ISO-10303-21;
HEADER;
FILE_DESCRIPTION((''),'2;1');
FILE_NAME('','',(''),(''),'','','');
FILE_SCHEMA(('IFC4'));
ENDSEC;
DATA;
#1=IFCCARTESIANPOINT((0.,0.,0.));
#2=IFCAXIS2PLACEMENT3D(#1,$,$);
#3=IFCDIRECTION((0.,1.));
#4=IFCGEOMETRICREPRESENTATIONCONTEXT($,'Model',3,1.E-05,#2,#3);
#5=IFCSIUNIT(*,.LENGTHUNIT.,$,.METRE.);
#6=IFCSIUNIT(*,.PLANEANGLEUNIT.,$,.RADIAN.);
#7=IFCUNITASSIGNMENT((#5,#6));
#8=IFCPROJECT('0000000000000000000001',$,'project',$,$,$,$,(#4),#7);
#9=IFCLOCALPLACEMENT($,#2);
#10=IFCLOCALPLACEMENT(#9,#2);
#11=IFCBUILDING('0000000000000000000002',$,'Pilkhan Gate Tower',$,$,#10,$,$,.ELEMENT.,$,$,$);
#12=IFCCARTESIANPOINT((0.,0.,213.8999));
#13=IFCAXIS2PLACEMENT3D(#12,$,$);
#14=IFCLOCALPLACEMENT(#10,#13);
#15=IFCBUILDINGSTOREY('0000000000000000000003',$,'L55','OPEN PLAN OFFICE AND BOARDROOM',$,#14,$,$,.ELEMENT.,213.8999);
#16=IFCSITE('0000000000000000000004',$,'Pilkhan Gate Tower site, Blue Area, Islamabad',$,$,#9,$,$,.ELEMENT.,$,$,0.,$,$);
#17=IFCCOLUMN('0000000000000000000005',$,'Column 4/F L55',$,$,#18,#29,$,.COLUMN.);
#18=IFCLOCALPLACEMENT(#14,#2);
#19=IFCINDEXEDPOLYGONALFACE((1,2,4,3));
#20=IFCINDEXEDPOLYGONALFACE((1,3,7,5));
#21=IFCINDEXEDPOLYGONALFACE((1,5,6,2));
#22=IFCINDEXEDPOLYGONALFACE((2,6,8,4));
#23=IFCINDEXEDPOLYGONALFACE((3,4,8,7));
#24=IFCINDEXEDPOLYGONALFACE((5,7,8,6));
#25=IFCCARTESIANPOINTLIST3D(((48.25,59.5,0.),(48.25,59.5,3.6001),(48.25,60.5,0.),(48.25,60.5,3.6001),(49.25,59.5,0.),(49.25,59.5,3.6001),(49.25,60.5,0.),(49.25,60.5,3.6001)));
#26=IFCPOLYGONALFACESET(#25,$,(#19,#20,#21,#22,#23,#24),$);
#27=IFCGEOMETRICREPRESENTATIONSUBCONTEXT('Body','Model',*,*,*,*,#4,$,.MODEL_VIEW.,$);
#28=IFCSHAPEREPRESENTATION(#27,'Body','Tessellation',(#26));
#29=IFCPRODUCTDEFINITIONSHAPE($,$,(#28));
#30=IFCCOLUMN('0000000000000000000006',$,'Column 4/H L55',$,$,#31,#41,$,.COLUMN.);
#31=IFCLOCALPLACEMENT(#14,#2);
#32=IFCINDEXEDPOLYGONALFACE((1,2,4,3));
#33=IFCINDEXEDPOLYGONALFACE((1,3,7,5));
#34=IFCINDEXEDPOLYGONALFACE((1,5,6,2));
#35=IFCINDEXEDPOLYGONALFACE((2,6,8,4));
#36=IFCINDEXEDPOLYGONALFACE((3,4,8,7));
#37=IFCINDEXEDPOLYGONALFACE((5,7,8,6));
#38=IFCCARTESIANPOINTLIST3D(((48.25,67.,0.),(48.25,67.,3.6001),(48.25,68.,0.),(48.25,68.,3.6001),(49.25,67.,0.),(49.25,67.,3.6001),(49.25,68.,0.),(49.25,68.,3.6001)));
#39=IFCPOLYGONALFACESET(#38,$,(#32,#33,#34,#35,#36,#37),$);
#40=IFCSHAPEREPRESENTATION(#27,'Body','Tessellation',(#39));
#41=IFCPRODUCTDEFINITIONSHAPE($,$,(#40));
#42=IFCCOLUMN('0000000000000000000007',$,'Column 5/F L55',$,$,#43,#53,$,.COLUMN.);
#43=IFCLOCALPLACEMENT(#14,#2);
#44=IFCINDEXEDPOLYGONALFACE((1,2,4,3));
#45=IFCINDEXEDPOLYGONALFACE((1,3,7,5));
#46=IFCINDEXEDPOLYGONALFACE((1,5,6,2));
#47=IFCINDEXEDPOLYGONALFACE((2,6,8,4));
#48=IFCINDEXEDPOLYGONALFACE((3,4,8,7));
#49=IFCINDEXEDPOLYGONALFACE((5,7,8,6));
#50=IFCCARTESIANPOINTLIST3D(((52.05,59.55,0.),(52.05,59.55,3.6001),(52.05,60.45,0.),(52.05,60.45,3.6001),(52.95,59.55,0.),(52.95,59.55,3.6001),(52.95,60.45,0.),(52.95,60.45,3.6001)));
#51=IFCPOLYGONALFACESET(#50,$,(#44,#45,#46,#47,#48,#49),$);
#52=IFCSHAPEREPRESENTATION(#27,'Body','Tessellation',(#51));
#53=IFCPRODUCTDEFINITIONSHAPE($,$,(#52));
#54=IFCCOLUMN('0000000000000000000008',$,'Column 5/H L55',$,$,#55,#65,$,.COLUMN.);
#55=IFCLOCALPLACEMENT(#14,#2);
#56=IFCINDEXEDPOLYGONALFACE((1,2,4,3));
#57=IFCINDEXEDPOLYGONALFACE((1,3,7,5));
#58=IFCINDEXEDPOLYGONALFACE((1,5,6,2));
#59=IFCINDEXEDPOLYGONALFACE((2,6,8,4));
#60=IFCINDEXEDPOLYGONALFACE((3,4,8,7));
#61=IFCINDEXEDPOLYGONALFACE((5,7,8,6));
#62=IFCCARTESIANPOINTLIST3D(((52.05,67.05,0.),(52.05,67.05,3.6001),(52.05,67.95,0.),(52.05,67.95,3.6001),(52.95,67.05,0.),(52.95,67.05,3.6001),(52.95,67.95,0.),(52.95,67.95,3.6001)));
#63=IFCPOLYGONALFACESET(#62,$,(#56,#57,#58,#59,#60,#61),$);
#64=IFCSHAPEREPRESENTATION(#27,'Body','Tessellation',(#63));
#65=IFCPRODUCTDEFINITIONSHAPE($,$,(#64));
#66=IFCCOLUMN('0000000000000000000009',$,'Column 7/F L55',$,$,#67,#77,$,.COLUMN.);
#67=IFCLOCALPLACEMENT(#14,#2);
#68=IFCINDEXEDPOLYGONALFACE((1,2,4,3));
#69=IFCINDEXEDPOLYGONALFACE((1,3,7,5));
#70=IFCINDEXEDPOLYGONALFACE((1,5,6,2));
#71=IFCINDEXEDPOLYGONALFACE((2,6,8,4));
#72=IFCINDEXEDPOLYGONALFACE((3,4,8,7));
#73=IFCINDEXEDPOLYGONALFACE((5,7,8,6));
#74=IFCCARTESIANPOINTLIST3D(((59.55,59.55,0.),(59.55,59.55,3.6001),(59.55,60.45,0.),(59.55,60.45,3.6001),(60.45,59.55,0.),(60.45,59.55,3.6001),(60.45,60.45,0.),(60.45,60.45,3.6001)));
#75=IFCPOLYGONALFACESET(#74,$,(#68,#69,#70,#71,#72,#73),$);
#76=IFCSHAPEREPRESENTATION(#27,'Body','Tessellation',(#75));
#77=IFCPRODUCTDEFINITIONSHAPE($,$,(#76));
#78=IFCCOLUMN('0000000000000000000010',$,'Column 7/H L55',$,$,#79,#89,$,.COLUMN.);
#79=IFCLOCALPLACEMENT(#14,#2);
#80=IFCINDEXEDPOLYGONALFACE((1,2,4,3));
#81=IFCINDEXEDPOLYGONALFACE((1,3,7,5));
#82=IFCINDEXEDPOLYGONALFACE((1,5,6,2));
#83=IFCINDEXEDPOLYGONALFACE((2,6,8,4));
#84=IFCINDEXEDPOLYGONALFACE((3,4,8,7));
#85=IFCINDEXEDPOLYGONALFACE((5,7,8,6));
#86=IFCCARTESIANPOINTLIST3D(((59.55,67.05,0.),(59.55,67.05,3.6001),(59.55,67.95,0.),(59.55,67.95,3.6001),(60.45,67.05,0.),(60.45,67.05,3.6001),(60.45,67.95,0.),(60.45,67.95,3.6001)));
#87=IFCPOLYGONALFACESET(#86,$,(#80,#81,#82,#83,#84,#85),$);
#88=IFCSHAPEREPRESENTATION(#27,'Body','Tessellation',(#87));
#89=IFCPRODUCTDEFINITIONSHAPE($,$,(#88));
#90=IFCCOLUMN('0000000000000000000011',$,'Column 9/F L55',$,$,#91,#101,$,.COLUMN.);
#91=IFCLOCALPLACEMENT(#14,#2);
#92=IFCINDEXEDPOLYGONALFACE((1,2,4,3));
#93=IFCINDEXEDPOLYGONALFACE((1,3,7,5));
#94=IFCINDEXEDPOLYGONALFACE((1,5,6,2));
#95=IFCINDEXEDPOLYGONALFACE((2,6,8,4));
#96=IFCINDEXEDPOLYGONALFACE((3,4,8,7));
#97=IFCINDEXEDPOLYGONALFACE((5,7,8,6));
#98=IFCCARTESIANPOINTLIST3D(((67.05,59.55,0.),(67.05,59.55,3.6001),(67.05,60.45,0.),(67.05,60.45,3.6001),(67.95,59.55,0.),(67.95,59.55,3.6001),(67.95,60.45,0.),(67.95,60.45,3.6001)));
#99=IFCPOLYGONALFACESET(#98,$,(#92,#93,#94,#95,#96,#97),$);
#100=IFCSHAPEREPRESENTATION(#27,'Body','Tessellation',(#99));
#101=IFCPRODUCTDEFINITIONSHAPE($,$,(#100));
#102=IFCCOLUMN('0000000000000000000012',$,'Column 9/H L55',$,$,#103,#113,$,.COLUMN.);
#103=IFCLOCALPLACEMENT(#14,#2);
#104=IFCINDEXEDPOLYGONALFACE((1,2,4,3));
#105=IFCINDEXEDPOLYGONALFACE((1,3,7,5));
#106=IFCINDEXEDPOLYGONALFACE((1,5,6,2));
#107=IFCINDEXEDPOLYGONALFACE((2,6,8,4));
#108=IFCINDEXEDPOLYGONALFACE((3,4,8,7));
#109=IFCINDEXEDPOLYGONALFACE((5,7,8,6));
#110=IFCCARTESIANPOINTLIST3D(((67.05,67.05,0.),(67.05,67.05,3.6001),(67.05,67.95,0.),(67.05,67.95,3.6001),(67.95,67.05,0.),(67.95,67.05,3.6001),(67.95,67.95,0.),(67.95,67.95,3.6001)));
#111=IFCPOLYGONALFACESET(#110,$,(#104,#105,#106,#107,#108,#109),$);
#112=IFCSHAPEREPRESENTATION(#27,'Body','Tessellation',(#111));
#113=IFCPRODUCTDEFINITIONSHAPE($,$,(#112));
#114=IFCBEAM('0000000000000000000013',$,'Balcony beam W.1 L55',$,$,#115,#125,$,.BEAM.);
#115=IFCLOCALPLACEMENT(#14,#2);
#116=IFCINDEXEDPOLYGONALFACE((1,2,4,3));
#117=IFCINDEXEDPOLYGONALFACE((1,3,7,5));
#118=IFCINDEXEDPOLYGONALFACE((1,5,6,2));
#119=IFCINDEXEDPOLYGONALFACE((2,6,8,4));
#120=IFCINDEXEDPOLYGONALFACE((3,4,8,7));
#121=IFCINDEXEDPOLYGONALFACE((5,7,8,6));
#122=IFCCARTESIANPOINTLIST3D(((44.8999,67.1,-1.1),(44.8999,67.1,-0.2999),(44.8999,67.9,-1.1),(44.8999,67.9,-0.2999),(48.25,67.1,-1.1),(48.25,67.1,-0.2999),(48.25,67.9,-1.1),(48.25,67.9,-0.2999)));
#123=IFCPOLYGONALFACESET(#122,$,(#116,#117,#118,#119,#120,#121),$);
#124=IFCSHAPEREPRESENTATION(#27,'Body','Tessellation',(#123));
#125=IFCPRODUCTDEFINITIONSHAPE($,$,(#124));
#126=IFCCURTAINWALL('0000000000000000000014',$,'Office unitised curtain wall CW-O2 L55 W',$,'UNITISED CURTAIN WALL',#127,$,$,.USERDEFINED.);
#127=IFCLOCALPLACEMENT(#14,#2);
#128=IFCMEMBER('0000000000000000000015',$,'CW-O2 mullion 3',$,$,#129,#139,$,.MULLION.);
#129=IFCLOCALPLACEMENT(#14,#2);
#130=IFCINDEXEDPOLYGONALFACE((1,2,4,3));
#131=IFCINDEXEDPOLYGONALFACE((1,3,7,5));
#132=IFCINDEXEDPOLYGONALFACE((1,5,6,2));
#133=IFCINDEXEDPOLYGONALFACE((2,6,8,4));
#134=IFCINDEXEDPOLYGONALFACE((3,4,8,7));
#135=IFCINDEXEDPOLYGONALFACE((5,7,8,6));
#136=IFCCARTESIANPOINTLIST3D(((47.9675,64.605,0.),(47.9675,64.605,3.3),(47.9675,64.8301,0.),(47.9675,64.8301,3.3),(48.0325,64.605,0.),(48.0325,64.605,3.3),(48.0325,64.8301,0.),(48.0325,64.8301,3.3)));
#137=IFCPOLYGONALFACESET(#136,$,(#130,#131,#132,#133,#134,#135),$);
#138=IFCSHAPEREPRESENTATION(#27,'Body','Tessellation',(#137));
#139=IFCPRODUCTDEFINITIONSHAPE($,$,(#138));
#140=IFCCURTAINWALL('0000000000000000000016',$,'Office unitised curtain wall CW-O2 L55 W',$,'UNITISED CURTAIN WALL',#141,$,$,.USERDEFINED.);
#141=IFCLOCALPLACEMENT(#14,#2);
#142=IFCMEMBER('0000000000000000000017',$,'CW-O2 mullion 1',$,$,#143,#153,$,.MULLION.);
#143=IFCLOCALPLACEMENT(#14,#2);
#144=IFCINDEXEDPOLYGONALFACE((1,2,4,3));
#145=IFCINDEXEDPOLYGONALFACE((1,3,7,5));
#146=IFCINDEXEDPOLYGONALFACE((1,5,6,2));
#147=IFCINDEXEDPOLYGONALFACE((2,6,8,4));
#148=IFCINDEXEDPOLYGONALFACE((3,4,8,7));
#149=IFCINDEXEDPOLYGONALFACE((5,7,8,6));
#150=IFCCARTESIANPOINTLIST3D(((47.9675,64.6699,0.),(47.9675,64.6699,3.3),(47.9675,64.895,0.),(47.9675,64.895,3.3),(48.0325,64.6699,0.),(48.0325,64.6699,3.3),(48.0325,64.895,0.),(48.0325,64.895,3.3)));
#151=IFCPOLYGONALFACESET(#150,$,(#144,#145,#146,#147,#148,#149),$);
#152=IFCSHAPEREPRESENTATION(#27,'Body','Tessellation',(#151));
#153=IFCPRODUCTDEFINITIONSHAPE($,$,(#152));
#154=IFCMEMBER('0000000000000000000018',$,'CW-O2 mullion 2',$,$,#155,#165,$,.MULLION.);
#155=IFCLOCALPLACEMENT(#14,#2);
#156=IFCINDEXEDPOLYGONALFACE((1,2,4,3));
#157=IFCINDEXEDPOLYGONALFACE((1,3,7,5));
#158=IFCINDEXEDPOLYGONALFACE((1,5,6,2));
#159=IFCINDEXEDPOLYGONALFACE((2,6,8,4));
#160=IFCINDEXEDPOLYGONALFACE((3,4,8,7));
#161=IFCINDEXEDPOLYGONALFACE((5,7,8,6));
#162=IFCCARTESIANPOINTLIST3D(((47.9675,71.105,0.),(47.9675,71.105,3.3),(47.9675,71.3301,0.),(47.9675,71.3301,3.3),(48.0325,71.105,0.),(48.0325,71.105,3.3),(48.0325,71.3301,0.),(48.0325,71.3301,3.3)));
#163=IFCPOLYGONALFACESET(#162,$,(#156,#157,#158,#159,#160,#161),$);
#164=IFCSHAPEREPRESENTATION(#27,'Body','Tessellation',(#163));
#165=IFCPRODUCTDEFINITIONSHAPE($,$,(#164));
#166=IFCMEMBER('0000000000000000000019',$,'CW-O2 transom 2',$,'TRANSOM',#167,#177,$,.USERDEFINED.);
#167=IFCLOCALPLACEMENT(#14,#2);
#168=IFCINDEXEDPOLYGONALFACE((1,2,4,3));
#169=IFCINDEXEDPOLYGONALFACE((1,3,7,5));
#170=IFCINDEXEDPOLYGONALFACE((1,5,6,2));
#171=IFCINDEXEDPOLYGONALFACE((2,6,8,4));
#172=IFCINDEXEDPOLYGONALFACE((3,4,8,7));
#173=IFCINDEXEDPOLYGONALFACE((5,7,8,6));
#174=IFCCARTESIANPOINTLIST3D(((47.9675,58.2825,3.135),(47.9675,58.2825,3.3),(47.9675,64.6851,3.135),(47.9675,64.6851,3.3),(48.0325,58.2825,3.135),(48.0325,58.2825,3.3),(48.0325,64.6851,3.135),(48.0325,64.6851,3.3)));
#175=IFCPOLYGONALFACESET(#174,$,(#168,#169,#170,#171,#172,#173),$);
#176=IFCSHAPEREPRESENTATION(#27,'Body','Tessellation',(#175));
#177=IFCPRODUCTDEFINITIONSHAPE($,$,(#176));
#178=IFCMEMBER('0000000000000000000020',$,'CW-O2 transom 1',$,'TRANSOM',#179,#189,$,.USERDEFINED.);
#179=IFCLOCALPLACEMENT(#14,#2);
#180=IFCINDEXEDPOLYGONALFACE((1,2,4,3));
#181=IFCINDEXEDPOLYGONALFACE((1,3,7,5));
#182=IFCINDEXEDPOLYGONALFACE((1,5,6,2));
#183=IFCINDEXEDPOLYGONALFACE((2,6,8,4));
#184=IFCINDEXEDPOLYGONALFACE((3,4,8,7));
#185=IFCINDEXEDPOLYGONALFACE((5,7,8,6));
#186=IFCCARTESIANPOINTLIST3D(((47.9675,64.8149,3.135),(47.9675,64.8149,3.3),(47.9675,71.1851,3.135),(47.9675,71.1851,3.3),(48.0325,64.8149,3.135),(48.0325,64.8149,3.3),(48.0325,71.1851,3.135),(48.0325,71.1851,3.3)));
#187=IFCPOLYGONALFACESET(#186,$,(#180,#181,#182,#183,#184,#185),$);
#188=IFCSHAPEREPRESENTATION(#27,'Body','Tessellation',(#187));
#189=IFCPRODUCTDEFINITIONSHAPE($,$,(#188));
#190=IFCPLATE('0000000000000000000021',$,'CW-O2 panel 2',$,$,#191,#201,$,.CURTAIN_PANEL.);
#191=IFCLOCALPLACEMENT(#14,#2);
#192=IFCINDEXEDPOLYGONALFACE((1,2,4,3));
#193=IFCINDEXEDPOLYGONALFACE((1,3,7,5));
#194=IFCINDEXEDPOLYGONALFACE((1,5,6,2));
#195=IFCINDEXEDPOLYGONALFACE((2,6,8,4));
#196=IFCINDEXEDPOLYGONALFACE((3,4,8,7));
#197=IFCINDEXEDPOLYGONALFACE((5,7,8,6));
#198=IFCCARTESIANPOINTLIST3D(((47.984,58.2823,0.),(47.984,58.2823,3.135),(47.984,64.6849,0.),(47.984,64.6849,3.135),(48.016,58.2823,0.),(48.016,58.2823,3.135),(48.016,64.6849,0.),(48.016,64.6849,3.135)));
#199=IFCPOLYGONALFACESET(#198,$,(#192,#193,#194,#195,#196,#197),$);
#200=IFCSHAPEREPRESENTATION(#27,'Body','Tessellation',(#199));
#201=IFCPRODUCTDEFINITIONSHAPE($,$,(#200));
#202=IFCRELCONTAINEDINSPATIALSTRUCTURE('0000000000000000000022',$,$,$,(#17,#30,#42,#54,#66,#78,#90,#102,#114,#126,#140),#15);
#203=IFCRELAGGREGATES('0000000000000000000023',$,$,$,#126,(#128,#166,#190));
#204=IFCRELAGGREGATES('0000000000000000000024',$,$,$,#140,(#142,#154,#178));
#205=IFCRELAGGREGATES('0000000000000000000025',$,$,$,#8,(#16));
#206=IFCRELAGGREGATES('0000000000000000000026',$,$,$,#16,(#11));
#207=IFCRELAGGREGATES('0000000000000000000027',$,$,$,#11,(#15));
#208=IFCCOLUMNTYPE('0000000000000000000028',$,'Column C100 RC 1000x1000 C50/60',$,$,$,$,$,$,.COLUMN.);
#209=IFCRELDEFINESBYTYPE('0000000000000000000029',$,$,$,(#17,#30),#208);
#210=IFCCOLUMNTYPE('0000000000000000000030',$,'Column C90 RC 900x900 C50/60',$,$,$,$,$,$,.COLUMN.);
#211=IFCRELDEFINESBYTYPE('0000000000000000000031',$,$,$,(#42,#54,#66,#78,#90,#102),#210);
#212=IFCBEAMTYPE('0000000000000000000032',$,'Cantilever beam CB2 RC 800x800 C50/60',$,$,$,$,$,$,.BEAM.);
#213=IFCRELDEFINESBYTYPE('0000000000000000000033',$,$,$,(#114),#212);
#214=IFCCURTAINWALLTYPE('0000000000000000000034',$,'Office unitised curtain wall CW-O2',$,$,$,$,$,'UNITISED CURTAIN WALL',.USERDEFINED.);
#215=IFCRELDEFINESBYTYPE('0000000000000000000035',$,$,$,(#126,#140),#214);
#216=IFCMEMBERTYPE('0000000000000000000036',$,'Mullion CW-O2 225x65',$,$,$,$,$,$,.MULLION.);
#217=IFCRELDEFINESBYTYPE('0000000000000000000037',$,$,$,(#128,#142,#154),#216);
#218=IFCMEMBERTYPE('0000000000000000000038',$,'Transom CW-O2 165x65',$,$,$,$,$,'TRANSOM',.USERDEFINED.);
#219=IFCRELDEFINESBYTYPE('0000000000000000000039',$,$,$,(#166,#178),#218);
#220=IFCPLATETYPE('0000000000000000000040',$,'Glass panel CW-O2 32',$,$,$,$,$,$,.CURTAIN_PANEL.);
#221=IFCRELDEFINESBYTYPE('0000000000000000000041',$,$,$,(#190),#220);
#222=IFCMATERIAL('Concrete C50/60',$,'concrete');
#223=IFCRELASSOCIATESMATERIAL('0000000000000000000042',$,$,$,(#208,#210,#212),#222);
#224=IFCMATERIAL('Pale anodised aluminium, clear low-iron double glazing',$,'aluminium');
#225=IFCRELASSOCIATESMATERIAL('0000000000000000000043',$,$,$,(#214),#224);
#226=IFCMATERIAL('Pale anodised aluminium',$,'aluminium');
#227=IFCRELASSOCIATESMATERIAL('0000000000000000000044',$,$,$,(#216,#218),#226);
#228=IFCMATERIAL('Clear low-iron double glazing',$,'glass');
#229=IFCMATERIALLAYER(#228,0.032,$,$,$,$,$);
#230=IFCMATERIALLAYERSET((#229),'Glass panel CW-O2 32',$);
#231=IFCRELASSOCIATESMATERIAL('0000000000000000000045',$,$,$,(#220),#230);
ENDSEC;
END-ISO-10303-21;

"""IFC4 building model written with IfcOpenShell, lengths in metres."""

from ifc_helpers import new_model, si_unit, direction, frame, origin, origin_2d, place, context, subcontext, project, spatial, rectangle, extrude, material, layer, layer_set, material_profile, profile_set, type_object, element, aggregate, save


model = new_model("IFC4")

# Units and contexts
model_context = context("Model", 3, precision=1e-05, world=origin(), true_north=direction((0.0, 1.0)))
body_context = subcontext(model_context, "Body", "Model", "MODEL_VIEW")
ifc_project = project(units=[si_unit("LENGTHUNIT", "METRE"), si_unit("PLANEANGLEUNIT", "RADIAN")], contexts=[model_context])

# Site, building, storey
site_placement = place(None, origin())
site = spatial("IfcSite", under=ifc_project, at=site_placement, Name="Pilkhan Gate Tower site, Blue Area, Islamabad", CompositionType="ELEMENT", RefElevation=0.0)
building_placement = place(site_placement, origin())
building = spatial("IfcBuilding", under=site, at=building_placement, Name="Pilkhan Gate Tower", CompositionType="ELEMENT")
storey_placement = place(building_placement, frame((0.0, 0.0, 213.8999)))
storey = spatial("IfcBuildingStorey", under=building, at=storey_placement, Name="L55", Description="OPEN PLAN OFFICE AND BOARDROOM", CompositionType="ELEMENT", Elevation=213.8999)

# Columns
ifc_material_1 = material(Name="Concrete C50/60", Category="concrete")
ifc_material_profile_1 = material_profile(ifc_material_1, rectangle(XDim=1.0, YDim=1.0, at=origin_2d()), Name="RC 1000x1000")
ifc_profile_set_1 = profile_set([ifc_material_profile_1], Name="Concrete C50/60")
column_type_1 = type_object("IfcColumnType", Name="Column C100 RC 1000x1000 C50/60", PredefinedType="COLUMN", material=ifc_profile_set_1)
for number, where, z_axis, x_axis, name in (
    (1, (48.75, 60.0, 0.0), (0.0, 0.0, 1.0), (1.0, 0.0, 0.0), "Column 4/F L55"),
    (2, (48.75, 67.5, 0.0), (0.0, 0.0, 1.0), (1.0, 0.0, 0.0), "Column 4/H L55"),
):
    element("IfcColumn", number, at=place(storey_placement, frame(where, z_axis=z_axis, x_axis=x_axis)), inside=storey, type_object=column_type_1, Name=name, PredefinedType="COLUMN", context=body_context, shape_type="SweptSolid", body=[
        extrude(rectangle(XDim=1.0, YDim=1.0, at=origin_2d()), origin(), (0.0, 0.0, 1.0), 3.6001),
    ])
ifc_material_profile_2 = material_profile(ifc_material_1, rectangle(XDim=0.8999, YDim=0.8999, at=origin_2d()), Name="RC 900x900")
ifc_profile_set_2 = profile_set([ifc_material_profile_2], Name="Concrete C50/60")
column_type_2 = type_object("IfcColumnType", Name="Column C90 RC 900x900 C50/60", PredefinedType="COLUMN", material=ifc_profile_set_2)
for number, where, z_axis, x_axis, name in (
    (3, (52.5, 60.0, 0.0), (0.0, 0.0, 1.0), (1.0, 0.0, 0.0), "Column 5/F L55"),
    (4, (52.5, 67.5, 0.0), (0.0, 0.0, 1.0), (1.0, 0.0, 0.0), "Column 5/H L55"),
    (5, (60.0, 60.0, 0.0), (0.0, 0.0, 1.0), (1.0, 0.0, 0.0), "Column 7/F L55"),
    (6, (60.0, 67.5, 0.0), (0.0, 0.0, 1.0), (1.0, 0.0, 0.0), "Column 7/H L55"),
    (7, (67.5, 60.0, 0.0), (0.0, 0.0, 1.0), (1.0, 0.0, 0.0), "Column 9/F L55"),
    (8, (67.5, 67.5, 0.0), (0.0, 0.0, 1.0), (1.0, 0.0, 0.0), "Column 9/H L55"),
):
    element("IfcColumn", number, at=place(storey_placement, frame(where, z_axis=z_axis, x_axis=x_axis)), inside=storey, type_object=column_type_2, Name=name, PredefinedType="COLUMN", context=body_context, shape_type="SweptSolid", body=[
        extrude(rectangle(XDim=0.8999, YDim=0.8999, at=origin_2d()), origin(), (0.0, 0.0, 1.0), 3.6001),
    ])

# Beam
ifc_material_profile_3 = material_profile(ifc_material_1, rectangle(XDim=0.8, YDim=0.8, at=origin_2d()), Name="RC 800x800")
ifc_profile_set_3 = profile_set([ifc_material_profile_3], Name="Concrete C50/60")
beam_type = type_object("IfcBeamType", Name="Cantilever beam CB2 RC 800x800 C50/60", PredefinedType="BEAM", material=ifc_profile_set_3)
beam_placement = place(storey_placement, frame((48.25, 67.5, -0.7), z_axis=(-1.0, 0.0, 0.0), x_axis=(0.0, -1.0, 0.0)))
element("IfcBeam", 9, at=beam_placement, inside=storey, type_object=beam_type, Name="Balcony beam W.1 L55", PredefinedType="BEAM", context=body_context, shape_type="SweptSolid", body=[
    extrude(rectangle(XDim=0.8, YDim=0.8, at=origin_2d()), origin(), (0.0, 0.0, 1.0), 3.3501),
])

# Curtain wall, member
ifc_material_2 = material(Name="Pale anodised aluminium, clear low-iron double glazing", Category="aluminium")
curtain_wall_type = type_object("IfcCurtainWallType", Name="Office unitised curtain wall CW-O2", ElementType="UNITISED CURTAIN WALL", PredefinedType="USERDEFINED", material=ifc_material_2)
curtain_wall_1_placement = place(storey_placement, origin())
curtain_wall_1 = element("IfcCurtainWall", 10, at=curtain_wall_1_placement, inside=storey, type_object=curtain_wall_type, Name="Office unitised curtain wall CW-O2 L55 W", ObjectType="UNITISED CURTAIN WALL", PredefinedType="USERDEFINED")
ifc_material_3 = material(Name="Pale anodised aluminium", Category="aluminium")
ifc_material_profile_4 = material_profile(ifc_material_3, rectangle(XDim=0.0649, YDim=0.2251, at=origin_2d()), Name="Mullion 225x65")
ifc_profile_set_4 = profile_set([ifc_material_profile_4], Name="Pale anodised aluminium")
member_type_1 = type_object("IfcMemberType", Name="Mullion CW-O2 225x65", PredefinedType="MULLION", material=ifc_profile_set_4)
member_1_placement = place(storey_placement, frame((48.0, 64.7175, 0.0), z_axis=(0.0, 0.0, 1.0), x_axis=(-1.0, 0.0, 0.0)))
member_1 = element("IfcMember", 11, at=member_1_placement, type_object=member_type_1, Name="CW-O2 mullion 3", PredefinedType="MULLION", context=body_context, shape_type="SweptSolid", body=[
    extrude(rectangle(XDim=0.0649, YDim=0.2251, at=origin_2d()), origin(), (0.0, 0.0, 1.0), 3.3),
])

# Curtain wall, members
curtain_wall_2_placement = place(storey_placement, origin())
curtain_wall_2 = element("IfcCurtainWall", 12, at=curtain_wall_2_placement, inside=storey, type_object=curtain_wall_type, Name="Office unitised curtain wall CW-O2 L55 W", ObjectType="UNITISED CURTAIN WALL", PredefinedType="USERDEFINED")
member_2_placement = place(storey_placement, frame((48.0, 64.7825, 0.0), z_axis=(0.0, 0.0, 1.0), x_axis=(-1.0, 0.0, 0.0)))
member_2 = element("IfcMember", 13, at=member_2_placement, type_object=member_type_1, Name="CW-O2 mullion 1", PredefinedType="MULLION", context=body_context, shape_type="SweptSolid", body=[
    extrude(rectangle(XDim=0.0649, YDim=0.2251, at=origin_2d()), origin(), (0.0, 0.0, 1.0), 3.3),
])
member_3_placement = place(storey_placement, frame((48.0, 71.2175, 0.0), z_axis=(0.0, 0.0, 1.0), x_axis=(-1.0, 0.0, 0.0)))
member_3 = element("IfcMember", 14, at=member_3_placement, type_object=member_type_1, Name="CW-O2 mullion 2", PredefinedType="MULLION", context=body_context, shape_type="SweptSolid", body=[
    extrude(rectangle(XDim=0.0649, YDim=0.2251, at=origin_2d()), origin(), (0.0, 0.0, 1.0), 3.3),
])

# Members
ifc_material_profile_5 = material_profile(ifc_material_3, rectangle(XDim=0.0649, YDim=0.165, at=origin_2d()), Name="Transom 165x65")
ifc_profile_set_5 = profile_set([ifc_material_profile_5], Name="Pale anodised aluminium")
member_type_2 = type_object("IfcMemberType", Name="Transom CW-O2 165x65", ElementType="TRANSOM", PredefinedType="USERDEFINED", material=ifc_profile_set_5)
member_4_placement = place(storey_placement, frame((48.0, 58.2825, 3.2175), z_axis=(0.0, 1.0, 0.0), x_axis=(-1.0, 0.0, 0.0)))
member_4 = element("IfcMember", 15, at=member_4_placement, type_object=member_type_2, Name="CW-O2 transom 2", ObjectType="TRANSOM", PredefinedType="USERDEFINED", context=body_context, shape_type="SweptSolid", body=[
    extrude(rectangle(XDim=0.0649, YDim=0.165, at=origin_2d()), origin(), (0.0, 0.0, 1.0), 6.4026),
])
member_5_placement = place(storey_placement, frame((48.0, 64.8149, 3.2175), z_axis=(0.0, 1.0, 0.0), x_axis=(-1.0, 0.0, 0.0)))
member_5 = element("IfcMember", 16, at=member_5_placement, type_object=member_type_2, Name="CW-O2 transom 1", ObjectType="TRANSOM", PredefinedType="USERDEFINED", context=body_context, shape_type="SweptSolid", body=[
    extrude(rectangle(XDim=0.0649, YDim=0.165, at=origin_2d()), origin(), (0.0, 0.0, 1.0), 6.3701),
])

# Plate
ifc_material_4 = material(Name="Clear low-iron double glazing", Category="glass")
ifc_layer_1 = layer(ifc_material_4, 0.032)
ifc_layer_set_1 = layer_set([ifc_layer_1], Name="Glass panel CW-O2 32")
plate_type = type_object("IfcPlateType", Name="Glass panel CW-O2 32", PredefinedType="CURTAIN_PANEL", material=ifc_layer_set_1)
plate_1_placement = place(storey_placement, frame((48.0, 61.4836, 0.0), z_axis=(0.0, 0.0, 1.0), x_axis=(0.0, 1.0, 0.0)))
plate_1 = element("IfcPlate", 17, at=plate_1_placement, type_object=plate_type, Name="CW-O2 panel 2", PredefinedType="CURTAIN_PANEL", context=body_context, shape_type="SweptSolid", body=[
    extrude(rectangle(XDim=6.4026, YDim=0.032, at=origin_2d()), origin(), (0.0, 0.0, 1.0), 3.135),
])
aggregate(curtain_wall_1, [member_1, member_4, plate_1])
aggregate(curtain_wall_2, [member_2, member_3, member_5])

save(model, "model.ifc")
